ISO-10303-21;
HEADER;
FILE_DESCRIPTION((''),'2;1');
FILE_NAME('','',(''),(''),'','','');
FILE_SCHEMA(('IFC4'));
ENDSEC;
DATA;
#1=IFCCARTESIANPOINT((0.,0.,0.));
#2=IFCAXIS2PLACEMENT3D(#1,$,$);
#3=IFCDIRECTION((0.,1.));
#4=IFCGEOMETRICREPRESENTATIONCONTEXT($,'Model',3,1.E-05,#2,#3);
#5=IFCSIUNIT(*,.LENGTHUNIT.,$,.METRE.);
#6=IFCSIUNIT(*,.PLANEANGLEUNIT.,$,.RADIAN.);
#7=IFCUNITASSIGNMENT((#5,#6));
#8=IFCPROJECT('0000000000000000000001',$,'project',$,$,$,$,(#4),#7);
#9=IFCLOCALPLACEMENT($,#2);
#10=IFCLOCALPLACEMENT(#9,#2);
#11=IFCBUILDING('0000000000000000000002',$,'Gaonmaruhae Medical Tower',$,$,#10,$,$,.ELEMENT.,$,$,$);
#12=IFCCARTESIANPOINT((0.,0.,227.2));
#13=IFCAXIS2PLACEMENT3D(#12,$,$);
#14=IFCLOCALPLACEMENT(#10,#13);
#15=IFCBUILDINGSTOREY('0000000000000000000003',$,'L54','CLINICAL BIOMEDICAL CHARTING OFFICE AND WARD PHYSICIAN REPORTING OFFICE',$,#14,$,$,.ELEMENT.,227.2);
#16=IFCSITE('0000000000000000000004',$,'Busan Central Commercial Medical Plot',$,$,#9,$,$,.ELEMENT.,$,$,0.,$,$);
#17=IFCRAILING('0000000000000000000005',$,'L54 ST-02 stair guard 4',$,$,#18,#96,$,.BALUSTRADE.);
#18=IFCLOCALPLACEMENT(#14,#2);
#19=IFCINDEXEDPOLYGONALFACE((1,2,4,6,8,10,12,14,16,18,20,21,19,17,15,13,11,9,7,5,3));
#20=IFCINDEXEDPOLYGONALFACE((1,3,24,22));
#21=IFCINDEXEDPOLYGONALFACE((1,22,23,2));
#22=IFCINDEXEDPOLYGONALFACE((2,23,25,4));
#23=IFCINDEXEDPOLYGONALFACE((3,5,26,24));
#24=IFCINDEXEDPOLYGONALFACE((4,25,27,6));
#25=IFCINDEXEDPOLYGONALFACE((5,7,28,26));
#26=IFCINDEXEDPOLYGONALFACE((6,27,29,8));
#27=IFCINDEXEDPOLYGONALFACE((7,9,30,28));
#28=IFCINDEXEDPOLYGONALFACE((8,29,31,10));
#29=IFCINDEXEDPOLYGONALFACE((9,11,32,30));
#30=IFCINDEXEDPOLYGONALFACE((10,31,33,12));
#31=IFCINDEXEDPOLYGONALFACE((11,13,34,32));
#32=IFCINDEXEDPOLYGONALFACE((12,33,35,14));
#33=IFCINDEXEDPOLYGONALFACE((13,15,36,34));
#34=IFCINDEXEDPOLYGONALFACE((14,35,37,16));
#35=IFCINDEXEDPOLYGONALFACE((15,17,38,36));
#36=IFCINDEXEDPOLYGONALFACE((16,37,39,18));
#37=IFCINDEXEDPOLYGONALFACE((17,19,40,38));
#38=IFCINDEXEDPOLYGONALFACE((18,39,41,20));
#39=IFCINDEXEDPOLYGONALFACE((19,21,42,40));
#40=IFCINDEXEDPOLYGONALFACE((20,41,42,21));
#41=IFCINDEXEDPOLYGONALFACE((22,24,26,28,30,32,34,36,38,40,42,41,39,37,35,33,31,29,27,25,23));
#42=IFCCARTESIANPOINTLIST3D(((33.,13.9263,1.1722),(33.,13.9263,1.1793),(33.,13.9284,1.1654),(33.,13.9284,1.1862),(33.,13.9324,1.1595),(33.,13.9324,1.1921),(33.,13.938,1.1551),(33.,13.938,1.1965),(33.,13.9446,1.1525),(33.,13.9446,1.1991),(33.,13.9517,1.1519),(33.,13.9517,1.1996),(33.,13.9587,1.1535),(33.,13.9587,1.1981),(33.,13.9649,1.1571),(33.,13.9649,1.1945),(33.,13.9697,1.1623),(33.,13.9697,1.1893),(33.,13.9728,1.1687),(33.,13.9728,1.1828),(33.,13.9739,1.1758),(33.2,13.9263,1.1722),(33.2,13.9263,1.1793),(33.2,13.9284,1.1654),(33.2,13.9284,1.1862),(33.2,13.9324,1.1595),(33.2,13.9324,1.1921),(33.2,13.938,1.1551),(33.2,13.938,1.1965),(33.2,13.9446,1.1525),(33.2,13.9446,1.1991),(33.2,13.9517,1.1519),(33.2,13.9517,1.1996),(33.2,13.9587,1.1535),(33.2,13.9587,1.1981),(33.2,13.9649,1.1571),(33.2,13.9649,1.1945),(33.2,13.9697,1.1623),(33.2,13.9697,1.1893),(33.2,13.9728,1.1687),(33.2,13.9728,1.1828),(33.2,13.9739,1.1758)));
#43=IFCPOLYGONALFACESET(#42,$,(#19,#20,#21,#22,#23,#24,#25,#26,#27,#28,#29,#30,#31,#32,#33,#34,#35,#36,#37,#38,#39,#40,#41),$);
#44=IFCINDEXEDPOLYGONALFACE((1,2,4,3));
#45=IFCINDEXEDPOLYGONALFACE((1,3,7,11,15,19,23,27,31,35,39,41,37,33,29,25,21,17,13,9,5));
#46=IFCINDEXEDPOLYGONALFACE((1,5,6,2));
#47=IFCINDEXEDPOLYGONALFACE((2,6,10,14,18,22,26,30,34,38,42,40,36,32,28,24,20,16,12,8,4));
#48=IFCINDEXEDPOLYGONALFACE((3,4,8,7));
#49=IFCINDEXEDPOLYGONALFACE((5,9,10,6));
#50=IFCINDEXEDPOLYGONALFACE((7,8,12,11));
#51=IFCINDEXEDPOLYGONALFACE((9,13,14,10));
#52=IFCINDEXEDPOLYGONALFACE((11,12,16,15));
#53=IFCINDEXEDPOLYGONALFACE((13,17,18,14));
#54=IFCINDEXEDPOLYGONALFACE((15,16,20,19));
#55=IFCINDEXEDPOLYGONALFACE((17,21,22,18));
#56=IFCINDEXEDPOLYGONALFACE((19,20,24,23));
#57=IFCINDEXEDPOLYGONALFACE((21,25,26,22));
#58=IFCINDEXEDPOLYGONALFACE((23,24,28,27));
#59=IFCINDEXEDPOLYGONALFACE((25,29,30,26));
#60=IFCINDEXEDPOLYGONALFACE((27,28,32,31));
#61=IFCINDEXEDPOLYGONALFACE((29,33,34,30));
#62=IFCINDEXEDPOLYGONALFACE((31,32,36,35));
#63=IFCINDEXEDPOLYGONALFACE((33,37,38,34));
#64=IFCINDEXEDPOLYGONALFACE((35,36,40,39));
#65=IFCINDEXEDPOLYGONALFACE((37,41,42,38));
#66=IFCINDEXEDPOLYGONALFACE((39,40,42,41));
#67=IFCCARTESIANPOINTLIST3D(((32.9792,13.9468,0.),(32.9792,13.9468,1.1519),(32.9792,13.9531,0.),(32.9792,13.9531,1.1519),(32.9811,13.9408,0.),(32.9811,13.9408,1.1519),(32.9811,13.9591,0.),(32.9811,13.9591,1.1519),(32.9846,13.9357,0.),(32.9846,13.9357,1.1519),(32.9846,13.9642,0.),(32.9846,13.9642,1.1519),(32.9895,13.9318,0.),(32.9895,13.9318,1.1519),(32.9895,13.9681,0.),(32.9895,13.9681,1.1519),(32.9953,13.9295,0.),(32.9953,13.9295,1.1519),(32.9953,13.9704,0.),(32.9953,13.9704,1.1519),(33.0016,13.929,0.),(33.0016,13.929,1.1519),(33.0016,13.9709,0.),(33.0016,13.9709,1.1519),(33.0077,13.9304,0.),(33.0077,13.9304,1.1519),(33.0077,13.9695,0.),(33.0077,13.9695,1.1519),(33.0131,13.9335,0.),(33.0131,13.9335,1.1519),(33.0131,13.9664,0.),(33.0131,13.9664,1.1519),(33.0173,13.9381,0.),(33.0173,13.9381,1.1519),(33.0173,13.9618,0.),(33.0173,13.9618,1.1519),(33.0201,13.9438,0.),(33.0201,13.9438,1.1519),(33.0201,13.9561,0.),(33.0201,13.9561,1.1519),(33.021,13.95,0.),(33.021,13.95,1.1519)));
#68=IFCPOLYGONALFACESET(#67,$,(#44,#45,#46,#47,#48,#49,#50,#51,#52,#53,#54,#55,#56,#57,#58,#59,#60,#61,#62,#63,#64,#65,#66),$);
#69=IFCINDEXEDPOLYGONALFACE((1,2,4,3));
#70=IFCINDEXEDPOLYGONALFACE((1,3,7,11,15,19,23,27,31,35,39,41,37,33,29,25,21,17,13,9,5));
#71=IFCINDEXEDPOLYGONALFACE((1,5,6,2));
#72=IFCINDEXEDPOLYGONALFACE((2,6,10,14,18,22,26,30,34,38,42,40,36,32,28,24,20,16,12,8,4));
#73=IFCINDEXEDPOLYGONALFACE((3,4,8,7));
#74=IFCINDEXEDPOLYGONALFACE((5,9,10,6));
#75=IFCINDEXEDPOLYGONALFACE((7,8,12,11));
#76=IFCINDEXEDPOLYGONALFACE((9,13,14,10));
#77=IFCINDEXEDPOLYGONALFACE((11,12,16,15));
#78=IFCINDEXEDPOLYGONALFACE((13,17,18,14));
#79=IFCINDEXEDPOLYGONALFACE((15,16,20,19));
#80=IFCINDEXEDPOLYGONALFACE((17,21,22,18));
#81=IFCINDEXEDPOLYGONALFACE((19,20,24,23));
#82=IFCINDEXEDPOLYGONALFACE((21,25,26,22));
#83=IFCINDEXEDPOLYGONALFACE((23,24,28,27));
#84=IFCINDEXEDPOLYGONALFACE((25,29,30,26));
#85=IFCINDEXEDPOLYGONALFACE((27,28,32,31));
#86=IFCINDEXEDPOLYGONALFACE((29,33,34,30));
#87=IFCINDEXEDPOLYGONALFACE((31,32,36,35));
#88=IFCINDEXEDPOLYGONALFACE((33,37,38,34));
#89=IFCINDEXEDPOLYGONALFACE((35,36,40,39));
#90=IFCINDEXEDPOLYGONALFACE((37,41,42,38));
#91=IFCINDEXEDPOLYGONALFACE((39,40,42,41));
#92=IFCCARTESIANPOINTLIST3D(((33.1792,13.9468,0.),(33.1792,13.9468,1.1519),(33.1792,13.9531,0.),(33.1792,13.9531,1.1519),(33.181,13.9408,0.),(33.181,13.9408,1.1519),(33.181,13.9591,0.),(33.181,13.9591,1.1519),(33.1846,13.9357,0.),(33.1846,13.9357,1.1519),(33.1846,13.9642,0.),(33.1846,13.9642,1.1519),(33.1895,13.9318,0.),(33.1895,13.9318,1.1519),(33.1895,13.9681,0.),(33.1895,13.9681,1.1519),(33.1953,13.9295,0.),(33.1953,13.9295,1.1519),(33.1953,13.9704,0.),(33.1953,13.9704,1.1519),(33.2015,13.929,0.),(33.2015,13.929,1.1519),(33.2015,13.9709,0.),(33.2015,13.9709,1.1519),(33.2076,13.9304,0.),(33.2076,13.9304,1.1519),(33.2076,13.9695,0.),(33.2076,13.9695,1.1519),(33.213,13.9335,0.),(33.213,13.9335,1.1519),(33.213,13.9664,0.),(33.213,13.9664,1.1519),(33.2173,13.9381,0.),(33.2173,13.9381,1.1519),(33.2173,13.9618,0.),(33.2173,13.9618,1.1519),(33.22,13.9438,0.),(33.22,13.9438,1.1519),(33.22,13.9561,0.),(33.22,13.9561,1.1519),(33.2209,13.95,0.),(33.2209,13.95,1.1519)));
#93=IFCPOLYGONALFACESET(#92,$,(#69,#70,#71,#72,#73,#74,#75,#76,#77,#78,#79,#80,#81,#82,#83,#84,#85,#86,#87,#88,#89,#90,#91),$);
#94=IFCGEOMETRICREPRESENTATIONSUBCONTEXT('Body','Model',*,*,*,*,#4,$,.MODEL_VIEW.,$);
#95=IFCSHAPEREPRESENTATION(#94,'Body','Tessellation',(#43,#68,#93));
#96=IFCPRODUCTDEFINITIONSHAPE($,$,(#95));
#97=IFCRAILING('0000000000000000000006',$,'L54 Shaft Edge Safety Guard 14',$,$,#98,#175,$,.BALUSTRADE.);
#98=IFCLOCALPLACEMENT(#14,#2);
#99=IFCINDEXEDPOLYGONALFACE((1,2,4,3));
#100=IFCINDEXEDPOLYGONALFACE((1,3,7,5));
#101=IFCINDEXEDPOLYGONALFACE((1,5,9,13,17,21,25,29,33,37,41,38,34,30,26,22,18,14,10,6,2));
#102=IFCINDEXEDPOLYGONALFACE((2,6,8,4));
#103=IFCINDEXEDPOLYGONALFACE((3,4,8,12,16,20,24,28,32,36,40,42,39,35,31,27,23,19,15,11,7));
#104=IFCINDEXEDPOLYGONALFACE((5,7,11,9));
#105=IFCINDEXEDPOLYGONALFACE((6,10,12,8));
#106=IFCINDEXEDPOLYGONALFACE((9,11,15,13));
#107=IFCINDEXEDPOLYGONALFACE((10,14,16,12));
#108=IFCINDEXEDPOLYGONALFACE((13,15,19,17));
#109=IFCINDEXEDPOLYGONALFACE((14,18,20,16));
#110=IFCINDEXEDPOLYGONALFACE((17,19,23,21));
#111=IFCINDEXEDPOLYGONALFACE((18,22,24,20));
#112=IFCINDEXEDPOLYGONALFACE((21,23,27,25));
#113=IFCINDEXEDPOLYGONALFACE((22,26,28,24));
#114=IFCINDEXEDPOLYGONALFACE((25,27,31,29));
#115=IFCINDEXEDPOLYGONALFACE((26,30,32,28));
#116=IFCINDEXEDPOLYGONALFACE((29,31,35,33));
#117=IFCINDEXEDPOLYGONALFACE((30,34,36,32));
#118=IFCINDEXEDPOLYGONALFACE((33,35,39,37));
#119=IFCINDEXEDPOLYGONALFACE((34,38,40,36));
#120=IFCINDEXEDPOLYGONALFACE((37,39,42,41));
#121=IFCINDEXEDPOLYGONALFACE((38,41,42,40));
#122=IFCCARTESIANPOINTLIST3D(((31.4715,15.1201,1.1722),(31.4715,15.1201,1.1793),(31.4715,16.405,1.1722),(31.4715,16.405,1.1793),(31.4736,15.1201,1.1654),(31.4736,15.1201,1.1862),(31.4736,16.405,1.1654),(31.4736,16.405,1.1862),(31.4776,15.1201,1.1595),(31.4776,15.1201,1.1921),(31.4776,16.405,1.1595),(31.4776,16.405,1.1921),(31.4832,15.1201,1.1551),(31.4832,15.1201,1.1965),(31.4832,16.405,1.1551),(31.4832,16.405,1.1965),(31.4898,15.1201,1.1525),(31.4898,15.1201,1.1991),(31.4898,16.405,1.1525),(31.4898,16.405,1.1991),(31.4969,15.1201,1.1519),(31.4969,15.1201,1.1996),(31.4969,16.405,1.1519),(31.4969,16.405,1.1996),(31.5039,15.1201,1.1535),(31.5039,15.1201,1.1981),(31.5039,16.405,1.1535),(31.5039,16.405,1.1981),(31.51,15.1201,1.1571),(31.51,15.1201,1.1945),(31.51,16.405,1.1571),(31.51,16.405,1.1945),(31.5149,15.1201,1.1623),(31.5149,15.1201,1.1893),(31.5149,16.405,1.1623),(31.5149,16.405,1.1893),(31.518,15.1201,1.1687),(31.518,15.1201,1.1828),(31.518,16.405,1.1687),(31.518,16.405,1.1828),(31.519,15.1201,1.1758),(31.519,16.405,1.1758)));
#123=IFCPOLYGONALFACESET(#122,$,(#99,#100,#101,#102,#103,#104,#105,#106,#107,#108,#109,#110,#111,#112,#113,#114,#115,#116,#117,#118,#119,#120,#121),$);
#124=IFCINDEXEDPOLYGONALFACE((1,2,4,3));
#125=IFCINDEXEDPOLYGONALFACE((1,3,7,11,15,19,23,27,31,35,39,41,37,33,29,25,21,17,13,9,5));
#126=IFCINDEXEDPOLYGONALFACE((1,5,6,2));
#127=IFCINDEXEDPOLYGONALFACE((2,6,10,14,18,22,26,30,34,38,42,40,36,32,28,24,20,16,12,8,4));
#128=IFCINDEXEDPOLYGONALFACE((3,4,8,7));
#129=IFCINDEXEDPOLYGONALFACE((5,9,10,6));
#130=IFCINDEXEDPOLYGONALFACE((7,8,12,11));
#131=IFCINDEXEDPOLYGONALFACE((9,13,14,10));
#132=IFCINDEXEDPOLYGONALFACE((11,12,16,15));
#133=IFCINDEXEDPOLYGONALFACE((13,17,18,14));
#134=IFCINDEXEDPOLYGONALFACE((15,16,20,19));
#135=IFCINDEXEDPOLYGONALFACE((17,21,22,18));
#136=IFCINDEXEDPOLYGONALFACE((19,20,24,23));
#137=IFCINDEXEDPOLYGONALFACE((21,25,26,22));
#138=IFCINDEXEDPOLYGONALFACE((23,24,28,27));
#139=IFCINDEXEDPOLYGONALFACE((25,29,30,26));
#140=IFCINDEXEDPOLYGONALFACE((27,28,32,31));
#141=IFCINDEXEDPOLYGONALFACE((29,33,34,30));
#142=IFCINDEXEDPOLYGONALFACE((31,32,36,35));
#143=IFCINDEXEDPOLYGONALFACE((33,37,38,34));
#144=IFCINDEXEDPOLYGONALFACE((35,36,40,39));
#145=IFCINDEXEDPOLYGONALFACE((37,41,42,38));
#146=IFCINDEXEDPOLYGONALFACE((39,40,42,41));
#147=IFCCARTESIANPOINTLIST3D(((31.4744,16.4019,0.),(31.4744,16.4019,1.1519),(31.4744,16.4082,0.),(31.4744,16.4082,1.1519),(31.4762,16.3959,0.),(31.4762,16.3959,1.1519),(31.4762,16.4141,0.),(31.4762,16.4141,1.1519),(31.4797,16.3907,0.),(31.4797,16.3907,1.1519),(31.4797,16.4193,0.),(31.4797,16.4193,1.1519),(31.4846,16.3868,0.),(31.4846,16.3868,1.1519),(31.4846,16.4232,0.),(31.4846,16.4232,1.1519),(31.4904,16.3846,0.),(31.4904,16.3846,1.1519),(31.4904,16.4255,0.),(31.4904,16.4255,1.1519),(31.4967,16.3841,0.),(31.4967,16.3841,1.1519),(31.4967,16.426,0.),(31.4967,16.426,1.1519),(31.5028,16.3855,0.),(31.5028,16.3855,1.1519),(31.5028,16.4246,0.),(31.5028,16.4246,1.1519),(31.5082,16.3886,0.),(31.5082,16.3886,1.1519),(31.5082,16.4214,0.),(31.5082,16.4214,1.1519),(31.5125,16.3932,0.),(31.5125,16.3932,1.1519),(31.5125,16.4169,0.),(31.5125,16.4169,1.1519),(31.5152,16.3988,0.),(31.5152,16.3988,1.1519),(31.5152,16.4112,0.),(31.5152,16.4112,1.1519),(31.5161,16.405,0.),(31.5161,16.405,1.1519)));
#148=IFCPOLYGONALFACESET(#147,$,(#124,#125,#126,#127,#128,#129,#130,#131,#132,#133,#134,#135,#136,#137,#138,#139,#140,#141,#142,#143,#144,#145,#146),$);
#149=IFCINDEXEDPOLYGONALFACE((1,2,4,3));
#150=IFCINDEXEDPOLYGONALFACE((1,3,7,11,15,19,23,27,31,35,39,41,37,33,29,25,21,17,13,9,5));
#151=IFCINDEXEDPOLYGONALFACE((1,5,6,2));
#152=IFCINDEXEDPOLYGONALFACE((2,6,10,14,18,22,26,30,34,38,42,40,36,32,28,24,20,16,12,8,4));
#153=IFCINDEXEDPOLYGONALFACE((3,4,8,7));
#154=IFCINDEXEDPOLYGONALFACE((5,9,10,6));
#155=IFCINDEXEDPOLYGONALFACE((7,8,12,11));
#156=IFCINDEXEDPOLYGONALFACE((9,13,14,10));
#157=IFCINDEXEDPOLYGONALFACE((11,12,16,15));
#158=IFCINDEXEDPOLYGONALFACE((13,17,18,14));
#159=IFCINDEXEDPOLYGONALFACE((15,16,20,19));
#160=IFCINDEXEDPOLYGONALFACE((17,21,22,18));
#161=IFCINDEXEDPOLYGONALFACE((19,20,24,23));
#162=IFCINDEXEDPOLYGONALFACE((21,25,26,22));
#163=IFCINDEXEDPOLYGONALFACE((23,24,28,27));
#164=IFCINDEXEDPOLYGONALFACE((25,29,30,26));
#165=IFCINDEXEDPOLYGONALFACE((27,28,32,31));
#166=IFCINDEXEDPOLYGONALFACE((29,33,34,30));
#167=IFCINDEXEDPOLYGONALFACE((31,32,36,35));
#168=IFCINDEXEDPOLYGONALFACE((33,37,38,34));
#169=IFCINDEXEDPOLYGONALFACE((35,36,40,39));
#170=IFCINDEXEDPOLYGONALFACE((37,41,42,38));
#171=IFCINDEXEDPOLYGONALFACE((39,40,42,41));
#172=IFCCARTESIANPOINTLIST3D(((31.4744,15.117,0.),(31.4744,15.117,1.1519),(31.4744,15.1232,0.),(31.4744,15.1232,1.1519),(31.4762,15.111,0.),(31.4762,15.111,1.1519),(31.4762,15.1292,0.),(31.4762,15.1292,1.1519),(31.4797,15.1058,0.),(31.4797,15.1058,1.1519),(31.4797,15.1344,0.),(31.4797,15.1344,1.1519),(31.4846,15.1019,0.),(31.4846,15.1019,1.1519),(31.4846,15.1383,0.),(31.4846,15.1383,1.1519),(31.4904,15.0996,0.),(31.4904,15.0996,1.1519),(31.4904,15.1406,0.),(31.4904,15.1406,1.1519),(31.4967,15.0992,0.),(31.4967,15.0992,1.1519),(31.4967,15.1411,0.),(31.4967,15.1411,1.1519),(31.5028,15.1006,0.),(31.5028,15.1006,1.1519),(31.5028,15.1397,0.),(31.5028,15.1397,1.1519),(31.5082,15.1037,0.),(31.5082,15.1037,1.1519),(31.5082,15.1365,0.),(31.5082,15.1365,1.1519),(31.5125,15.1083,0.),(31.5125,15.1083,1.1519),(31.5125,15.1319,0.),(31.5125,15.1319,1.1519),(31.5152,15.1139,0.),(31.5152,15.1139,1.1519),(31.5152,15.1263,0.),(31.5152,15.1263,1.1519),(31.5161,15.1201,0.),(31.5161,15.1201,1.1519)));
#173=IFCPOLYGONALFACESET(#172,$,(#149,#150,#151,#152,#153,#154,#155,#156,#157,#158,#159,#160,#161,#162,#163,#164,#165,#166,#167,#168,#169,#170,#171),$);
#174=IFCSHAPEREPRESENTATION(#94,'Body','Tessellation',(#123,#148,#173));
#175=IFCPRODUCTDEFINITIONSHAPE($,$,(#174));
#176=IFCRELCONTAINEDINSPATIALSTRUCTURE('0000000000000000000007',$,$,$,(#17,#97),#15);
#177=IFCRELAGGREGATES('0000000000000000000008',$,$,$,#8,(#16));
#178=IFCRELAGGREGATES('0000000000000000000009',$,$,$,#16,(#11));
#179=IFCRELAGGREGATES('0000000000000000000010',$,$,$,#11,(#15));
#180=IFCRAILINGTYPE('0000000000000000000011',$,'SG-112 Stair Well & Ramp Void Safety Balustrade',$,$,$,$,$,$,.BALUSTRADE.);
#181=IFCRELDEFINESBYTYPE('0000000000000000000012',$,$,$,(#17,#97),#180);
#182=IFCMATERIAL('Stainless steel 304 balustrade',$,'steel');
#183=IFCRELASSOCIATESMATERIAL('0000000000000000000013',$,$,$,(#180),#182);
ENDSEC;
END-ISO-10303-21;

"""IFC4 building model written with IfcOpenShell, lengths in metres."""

from ifc_helpers import new_model, si_unit, direction, frame, origin, origin_2d, place, context, subcontext, project, spatial, circle, extrude, material, type_object, element, save


model = new_model("IFC4")

# Units and contexts
model_context = context("Model", 3, precision=1e-05, world=origin(), true_north=direction((0.0, 1.0)))
body_context = subcontext(model_context, "Body", "Model", "MODEL_VIEW")
ifc_project = project(units=[si_unit("LENGTHUNIT", "METRE"), si_unit("PLANEANGLEUNIT", "RADIAN")], contexts=[model_context])

# Site, building, storey
site_placement = place(None, origin())
site = spatial("IfcSite", under=ifc_project, at=site_placement, Name="Busan Central Commercial Medical Plot", CompositionType="ELEMENT", RefElevation=0.0)
building_placement = place(site_placement, origin())
building = spatial("IfcBuilding", under=site, at=building_placement, Name="Gaonmaruhae Medical Tower", CompositionType="ELEMENT")
storey_placement = place(building_placement, frame((0.0, 0.0, 227.2)))
storey = spatial("IfcBuildingStorey", under=building, at=storey_placement, Name="L54", Description="CLINICAL BIOMEDICAL CHARTING OFFICE AND WARD PHYSICIAN REPORTING OFFICE", CompositionType="ELEMENT", Elevation=227.2)

# Railings
ifc_material_1 = material(Name="Stainless steel 304 balustrade", Category="steel")
railing_type_1 = type_object("IfcRailingType", Name="SG-112 Stair Well & Ramp Void Safety Balustrade", PredefinedType="BALUSTRADE", material=ifc_material_1)
railing_1_placement = place(storey_placement, frame((33.0, 13.95, 0.0)))
element("IfcRailing", 1, at=railing_1_placement, inside=storey, type_object=railing_type_1, Name="L54 ST-02 stair guard 4", PredefinedType="BALUSTRADE", context=body_context, shape_type="SweptSolid", body=[
    extrude(circle(Radius=0.0239, at=origin_2d()), frame((0.0, 0.0, 1.1758), z_axis=(1.0, 0.0, 0.0), x_axis=(0.0, 1.0, 0.0)), (0.0, 0.0, 1.0), 0.2),
    extrude(circle(Radius=0.021, at=origin_2d()), origin(), (0.0, 0.0, 1.0), 1.1519),
    extrude(circle(Radius=0.021, at=origin_2d()), frame((0.2, 0.0, 0.0)), (0.0, 0.0, 1.0), 1.1519),
])
railing_2_placement = place(storey_placement, frame((31.4951, 16.405, 0.0)))
element("IfcRailing", 2, at=railing_2_placement, inside=storey, type_object=railing_type_1, Name="L54 Shaft Edge Safety Guard 14", PredefinedType="BALUSTRADE", context=body_context, shape_type="SweptSolid", body=[
    extrude(circle(Radius=0.0239, at=origin_2d()), frame((0.0, 0.0, 1.1758), z_axis=(0.0, -1.0, 0.0), x_axis=(1.0, 0.0, 0.0)), (0.0, 0.0, 1.0), 1.2849),
    extrude(circle(Radius=0.021, at=origin_2d()), origin(), (0.0, 0.0, 1.0), 1.1519),
    extrude(circle(Radius=0.021, at=origin_2d()), frame((0.0, -1.2849, 0.0)), (0.0, 0.0, 1.0), 1.1519),
])

save(model, "model.ifc")
